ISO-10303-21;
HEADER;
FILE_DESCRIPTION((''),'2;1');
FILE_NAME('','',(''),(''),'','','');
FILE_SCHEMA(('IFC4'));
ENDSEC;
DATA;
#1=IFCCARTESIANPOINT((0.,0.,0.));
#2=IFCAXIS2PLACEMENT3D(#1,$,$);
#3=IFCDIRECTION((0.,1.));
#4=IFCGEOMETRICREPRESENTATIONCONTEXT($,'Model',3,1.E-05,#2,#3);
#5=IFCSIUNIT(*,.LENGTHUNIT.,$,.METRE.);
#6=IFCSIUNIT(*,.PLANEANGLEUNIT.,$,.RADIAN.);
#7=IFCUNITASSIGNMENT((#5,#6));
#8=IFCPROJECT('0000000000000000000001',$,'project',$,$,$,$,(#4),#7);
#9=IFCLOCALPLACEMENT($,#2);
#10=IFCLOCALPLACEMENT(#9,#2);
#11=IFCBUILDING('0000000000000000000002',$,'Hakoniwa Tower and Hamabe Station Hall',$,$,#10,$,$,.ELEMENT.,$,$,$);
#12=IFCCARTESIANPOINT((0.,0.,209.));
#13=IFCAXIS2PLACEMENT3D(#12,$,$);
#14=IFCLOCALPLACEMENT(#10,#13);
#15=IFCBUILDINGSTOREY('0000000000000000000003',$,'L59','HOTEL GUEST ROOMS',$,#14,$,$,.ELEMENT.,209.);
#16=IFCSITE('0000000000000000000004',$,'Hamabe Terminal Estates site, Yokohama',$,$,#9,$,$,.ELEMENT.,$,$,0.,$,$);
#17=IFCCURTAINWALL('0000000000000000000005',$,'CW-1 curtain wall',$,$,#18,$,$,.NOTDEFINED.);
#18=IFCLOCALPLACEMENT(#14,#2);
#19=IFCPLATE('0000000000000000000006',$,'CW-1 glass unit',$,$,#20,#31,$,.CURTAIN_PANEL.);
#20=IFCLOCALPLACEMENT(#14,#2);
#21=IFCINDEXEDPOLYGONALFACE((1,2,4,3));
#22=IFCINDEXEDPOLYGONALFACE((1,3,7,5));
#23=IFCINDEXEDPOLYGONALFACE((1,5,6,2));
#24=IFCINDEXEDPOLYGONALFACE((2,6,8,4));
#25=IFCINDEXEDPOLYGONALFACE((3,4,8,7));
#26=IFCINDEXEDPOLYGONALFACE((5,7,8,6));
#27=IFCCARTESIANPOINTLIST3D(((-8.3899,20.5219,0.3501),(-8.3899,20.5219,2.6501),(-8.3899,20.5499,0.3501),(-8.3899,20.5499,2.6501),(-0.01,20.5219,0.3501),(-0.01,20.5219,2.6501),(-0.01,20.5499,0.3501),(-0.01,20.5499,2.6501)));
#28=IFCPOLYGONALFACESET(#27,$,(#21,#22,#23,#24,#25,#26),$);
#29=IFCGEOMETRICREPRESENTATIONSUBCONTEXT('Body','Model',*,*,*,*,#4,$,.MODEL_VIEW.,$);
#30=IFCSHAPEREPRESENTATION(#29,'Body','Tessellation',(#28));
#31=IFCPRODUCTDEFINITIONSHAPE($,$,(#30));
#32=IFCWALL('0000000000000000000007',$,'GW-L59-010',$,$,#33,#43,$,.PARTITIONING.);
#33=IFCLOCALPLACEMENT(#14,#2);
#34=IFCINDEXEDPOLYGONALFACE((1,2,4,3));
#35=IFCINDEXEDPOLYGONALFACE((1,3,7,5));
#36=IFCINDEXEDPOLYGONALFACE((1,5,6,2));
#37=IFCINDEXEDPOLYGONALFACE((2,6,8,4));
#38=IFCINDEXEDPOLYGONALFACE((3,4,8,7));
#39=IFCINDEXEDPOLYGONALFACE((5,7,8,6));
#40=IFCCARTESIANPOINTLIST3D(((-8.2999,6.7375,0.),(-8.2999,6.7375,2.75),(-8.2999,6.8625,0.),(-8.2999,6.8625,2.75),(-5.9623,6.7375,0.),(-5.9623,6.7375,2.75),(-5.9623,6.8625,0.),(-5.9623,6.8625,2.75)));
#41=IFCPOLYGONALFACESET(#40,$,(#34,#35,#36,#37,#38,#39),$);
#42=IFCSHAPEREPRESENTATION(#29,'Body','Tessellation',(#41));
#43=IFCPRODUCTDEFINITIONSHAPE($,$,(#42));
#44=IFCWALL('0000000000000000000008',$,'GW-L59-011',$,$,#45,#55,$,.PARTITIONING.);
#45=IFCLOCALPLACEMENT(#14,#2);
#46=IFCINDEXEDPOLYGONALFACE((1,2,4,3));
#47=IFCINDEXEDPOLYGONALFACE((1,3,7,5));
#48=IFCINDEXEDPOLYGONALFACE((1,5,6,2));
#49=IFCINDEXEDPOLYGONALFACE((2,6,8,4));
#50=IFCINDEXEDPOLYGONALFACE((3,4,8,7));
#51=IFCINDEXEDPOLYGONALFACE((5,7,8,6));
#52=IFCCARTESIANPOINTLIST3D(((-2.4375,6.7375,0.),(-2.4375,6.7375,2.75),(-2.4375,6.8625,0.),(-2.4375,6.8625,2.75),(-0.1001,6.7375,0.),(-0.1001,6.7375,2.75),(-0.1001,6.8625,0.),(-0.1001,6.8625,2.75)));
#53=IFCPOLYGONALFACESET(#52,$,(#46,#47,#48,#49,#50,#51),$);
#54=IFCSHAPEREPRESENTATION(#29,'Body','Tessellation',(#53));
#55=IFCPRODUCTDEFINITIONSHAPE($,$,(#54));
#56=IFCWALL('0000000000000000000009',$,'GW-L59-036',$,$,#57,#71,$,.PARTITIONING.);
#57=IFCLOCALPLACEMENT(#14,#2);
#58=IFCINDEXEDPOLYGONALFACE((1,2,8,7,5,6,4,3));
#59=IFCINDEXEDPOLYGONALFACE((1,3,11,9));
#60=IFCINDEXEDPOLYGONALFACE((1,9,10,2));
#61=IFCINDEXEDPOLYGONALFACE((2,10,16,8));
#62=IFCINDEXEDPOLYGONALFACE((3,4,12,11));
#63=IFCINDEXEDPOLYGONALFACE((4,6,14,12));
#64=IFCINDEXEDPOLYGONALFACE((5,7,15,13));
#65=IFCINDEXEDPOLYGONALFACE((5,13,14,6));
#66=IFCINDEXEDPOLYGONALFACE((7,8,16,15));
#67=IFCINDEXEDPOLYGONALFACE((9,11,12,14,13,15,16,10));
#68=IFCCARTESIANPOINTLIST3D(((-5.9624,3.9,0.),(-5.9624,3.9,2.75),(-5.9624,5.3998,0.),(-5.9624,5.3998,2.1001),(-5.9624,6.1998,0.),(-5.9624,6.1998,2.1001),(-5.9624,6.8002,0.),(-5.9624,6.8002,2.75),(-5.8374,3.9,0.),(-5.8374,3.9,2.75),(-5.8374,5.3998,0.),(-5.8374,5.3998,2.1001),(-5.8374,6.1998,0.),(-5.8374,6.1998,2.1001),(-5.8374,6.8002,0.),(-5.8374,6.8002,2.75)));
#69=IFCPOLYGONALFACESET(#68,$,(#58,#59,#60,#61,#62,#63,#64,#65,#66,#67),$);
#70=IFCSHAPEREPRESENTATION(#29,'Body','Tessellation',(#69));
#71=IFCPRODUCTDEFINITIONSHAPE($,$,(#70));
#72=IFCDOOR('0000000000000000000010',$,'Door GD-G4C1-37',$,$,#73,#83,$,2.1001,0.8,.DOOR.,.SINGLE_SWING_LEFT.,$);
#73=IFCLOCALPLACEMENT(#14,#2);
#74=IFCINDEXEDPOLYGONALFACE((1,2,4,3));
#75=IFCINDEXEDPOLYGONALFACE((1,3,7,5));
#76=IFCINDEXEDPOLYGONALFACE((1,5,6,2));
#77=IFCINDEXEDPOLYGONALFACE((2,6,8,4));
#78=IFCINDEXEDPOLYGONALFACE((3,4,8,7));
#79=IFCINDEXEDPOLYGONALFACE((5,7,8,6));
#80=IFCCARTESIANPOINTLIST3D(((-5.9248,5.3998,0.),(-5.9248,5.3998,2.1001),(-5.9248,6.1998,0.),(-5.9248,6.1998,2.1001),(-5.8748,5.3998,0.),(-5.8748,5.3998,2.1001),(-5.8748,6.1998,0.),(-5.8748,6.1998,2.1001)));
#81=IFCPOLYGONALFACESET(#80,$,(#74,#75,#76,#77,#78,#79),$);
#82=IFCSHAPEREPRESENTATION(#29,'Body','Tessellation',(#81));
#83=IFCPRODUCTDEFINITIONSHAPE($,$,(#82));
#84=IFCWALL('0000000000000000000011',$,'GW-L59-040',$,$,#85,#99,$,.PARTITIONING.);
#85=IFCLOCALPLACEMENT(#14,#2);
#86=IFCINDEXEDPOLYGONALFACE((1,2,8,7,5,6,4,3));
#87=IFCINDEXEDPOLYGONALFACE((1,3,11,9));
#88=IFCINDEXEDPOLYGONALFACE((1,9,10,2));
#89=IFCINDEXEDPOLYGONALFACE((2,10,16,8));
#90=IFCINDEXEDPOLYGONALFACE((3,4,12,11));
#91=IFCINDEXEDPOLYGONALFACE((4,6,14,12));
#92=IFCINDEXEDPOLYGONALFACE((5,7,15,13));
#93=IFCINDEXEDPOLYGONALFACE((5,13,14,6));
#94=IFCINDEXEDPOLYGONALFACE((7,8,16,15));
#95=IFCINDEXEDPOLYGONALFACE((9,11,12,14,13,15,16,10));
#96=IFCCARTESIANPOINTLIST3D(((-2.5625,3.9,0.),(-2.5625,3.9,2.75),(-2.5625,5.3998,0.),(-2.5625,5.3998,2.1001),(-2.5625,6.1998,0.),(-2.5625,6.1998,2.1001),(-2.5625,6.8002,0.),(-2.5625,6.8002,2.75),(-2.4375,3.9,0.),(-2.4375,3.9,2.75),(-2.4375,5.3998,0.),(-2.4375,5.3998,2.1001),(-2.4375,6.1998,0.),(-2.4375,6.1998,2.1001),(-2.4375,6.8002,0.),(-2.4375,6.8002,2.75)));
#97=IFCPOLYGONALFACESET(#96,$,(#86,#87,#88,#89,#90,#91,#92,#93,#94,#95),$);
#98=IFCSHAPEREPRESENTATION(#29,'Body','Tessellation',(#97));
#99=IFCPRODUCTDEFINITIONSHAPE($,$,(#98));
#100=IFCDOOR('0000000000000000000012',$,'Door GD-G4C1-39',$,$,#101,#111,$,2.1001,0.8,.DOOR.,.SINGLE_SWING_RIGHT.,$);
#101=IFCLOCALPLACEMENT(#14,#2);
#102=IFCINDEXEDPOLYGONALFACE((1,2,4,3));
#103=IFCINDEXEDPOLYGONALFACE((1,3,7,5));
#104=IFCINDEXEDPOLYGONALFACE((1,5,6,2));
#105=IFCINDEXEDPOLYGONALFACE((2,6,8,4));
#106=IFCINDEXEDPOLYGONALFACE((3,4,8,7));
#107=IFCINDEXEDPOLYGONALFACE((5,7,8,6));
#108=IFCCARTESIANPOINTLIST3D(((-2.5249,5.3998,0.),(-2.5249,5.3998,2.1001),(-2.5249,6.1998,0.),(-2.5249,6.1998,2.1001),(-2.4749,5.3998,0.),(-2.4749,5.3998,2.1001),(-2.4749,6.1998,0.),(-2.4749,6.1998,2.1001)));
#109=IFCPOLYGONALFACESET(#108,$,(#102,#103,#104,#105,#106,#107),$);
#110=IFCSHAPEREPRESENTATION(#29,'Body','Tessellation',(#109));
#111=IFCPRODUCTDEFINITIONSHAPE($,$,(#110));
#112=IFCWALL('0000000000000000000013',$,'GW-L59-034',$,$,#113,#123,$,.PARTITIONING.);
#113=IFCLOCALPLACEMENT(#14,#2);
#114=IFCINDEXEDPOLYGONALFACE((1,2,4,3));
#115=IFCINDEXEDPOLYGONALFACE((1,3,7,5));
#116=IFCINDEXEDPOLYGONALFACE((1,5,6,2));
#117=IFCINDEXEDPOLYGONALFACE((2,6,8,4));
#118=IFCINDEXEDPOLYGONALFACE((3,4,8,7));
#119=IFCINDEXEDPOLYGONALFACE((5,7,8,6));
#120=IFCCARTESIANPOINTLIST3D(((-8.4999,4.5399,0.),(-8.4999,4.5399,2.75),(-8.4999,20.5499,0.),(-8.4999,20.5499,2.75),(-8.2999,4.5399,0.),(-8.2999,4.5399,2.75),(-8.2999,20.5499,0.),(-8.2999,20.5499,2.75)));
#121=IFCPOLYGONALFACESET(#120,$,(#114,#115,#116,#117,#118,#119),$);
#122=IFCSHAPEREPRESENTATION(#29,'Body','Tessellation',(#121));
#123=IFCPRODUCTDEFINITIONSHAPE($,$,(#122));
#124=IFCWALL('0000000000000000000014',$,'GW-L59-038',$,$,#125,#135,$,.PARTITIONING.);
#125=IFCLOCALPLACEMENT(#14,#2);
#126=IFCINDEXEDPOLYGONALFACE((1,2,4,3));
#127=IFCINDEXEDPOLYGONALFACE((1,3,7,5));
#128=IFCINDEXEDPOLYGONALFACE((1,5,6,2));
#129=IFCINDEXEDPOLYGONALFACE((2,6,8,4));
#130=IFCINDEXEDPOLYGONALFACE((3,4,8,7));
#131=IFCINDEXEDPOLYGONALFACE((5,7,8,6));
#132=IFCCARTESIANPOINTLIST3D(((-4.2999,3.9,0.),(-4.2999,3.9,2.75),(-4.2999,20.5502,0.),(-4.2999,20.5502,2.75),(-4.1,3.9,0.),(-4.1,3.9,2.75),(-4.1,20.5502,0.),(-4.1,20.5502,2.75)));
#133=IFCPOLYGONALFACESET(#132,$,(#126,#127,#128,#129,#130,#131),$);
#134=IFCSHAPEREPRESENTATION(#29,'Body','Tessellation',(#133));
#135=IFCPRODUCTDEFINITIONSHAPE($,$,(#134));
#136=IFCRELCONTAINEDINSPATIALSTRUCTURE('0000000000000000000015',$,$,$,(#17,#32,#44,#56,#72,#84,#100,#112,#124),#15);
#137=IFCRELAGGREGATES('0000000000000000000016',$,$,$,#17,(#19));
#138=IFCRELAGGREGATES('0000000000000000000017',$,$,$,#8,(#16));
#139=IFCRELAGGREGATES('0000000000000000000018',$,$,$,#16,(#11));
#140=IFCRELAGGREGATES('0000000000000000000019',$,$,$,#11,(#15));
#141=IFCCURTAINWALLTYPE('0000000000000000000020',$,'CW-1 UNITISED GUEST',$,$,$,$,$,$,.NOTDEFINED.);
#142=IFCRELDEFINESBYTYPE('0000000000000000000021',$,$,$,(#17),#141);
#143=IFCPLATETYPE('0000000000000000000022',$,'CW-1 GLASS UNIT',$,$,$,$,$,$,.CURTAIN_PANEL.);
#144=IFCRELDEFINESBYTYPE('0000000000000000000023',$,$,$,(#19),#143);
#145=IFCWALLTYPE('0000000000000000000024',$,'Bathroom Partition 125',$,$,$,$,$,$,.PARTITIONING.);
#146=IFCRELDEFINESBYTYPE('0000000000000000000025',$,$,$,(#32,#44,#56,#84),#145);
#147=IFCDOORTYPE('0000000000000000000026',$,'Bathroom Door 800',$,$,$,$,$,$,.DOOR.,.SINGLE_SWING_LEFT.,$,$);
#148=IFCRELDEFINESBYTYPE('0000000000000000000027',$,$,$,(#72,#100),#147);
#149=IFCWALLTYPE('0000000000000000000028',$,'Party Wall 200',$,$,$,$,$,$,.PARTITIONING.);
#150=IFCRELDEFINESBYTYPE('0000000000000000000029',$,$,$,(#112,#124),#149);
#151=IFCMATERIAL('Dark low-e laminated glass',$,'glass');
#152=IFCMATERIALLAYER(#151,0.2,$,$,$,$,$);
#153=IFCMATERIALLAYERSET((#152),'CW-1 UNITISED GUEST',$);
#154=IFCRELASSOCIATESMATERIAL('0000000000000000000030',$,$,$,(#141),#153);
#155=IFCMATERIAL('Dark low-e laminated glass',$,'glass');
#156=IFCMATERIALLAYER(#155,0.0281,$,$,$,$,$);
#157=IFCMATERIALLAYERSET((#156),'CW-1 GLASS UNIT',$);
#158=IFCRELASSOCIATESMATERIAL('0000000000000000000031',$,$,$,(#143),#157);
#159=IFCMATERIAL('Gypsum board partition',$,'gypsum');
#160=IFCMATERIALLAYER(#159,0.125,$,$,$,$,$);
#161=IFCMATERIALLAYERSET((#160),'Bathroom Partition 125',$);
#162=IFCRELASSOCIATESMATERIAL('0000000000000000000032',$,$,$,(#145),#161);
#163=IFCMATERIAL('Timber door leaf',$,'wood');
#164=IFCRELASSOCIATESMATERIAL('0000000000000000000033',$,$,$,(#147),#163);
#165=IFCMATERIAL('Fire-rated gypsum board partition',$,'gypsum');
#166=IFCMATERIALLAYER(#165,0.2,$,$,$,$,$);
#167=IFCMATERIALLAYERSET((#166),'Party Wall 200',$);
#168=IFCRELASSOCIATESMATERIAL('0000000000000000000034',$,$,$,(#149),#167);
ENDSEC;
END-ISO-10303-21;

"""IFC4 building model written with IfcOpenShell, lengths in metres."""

from ifc_helpers import new_model, si_unit, direction, frame, frame_2d, origin, origin_2d, place, context, subcontext, project, spatial, rectangle, extrude, material, layer, layer_set, type_object, element, fill, aggregate, save


model = new_model("IFC4")

# Units and contexts
model_context = context("Model", 3, precision=1e-05, world=origin(), true_north=direction((0.0, 1.0)))
body_context = subcontext(model_context, "Body", "Model", "MODEL_VIEW")
ifc_project = project(units=[si_unit("LENGTHUNIT", "METRE"), si_unit("PLANEANGLEUNIT", "RADIAN")], contexts=[model_context])

# Site, building, storey
site_placement = place(None, origin())
site = spatial("IfcSite", under=ifc_project, at=site_placement, Name="Hamabe Terminal Estates site, Yokohama", CompositionType="ELEMENT", RefElevation=0.0)
building_placement = place(site_placement, origin())
building = spatial("IfcBuilding", under=site, at=building_placement, Name="Hakoniwa Tower and Hamabe Station Hall", CompositionType="ELEMENT")
storey_placement = place(building_placement, frame((0.0, 0.0, 209.0)))
storey = spatial("IfcBuildingStorey", under=building, at=storey_placement, Name="L59", Description="HOTEL GUEST ROOMS", CompositionType="ELEMENT", Elevation=209.0)

# Curtain wall, plate
ifc_material_1 = material(Name="Dark low-e laminated glass", Category="glass")
ifc_layer_1 = layer(ifc_material_1, 0.2)
ifc_layer_set_1 = layer_set([ifc_layer_1], Name="CW-1 UNITISED GUEST")
curtain_wall_type = type_object("IfcCurtainWallType", Name="CW-1 UNITISED GUEST", PredefinedType="NOTDEFINED", material=ifc_layer_set_1)
curtain_wall_placement = place(storey_placement, origin())
curtain_wall = element("IfcCurtainWall", 1, at=curtain_wall_placement, inside=storey, type_object=curtain_wall_type, Name="CW-1 curtain wall", PredefinedType="NOTDEFINED")
ifc_material_2 = material(Name="Dark low-e laminated glass", Category="glass")
ifc_layer_2 = layer(ifc_material_2, 0.0281)
ifc_layer_set_2 = layer_set([ifc_layer_2], Name="CW-1 GLASS UNIT")
plate_type = type_object("IfcPlateType", Name="CW-1 GLASS UNIT", PredefinedType="CURTAIN_PANEL", material=ifc_layer_set_2)
plate_placement = place(storey_placement, frame((-4.2, 20.5359, 0.3501), z_axis=(0.0, 0.0, 1.0), x_axis=(-1.0, 0.0, 0.0)))
plate = element("IfcPlate", 2, at=plate_placement, type_object=plate_type, Name="CW-1 glass unit", PredefinedType="CURTAIN_PANEL", context=body_context, shape_type="SweptSolid", body=[
    extrude(rectangle(XDim=8.3799, YDim=0.0281, at=origin_2d()), origin(), (0.0, 0.0, 1.0), 2.3),
])
aggregate(curtain_wall, [plate])

# Walls
ifc_material_3 = material(Name="Gypsum board partition", Category="gypsum")
ifc_layer_3 = layer(ifc_material_3, 0.125)
ifc_layer_set_3 = layer_set([ifc_layer_3], Name="Bathroom Partition 125")
wall_type_1 = type_object("IfcWallType", Name="Bathroom Partition 125", PredefinedType="PARTITIONING", material=ifc_layer_set_3)
wall_1_placement = place(storey_placement, frame((-8.3, 6.8, 0.0), z_axis=(0.0, 0.0, 1.0), x_axis=(1.0, 0.0, 0.0)))
element("IfcWall", 3, at=wall_1_placement, inside=storey, type_object=wall_type_1, Name="GW-L59-010", PredefinedType="PARTITIONING", context=body_context, shape_type="SweptSolid", body=[
    extrude(rectangle(XDim=2.3376, YDim=0.125, at=frame_2d((1.1689, 0.0))), origin(), (0.0, 0.0, 1.0), 2.75),
])
wall_2_placement = place(storey_placement, frame((-2.4375, 6.8, 0.0), z_axis=(0.0, 0.0, 1.0), x_axis=(1.0, 0.0, 0.0)))
element("IfcWall", 4, at=wall_2_placement, inside=storey, type_object=wall_type_1, Name="GW-L59-011", PredefinedType="PARTITIONING", context=body_context, shape_type="SweptSolid", body=[
    extrude(rectangle(XDim=2.3374, YDim=0.125, at=frame_2d((1.1687, 0.0))), origin(), (0.0, 0.0, 1.0), 2.75),
])

# Walls, openings, doors
wall_3_placement = place(storey_placement, frame((-5.8999, 3.8999, 0.0), z_axis=(0.0, 0.0, 1.0), x_axis=(0.0, 1.0, 0.0)))
wall_3 = element("IfcWall", 5, at=wall_3_placement, inside=storey, type_object=wall_type_1, Name="GW-L59-036", PredefinedType="PARTITIONING", context=body_context, shape_type="SweptSolid", body=[
    extrude(rectangle(XDim=2.9001, YDim=0.125, at=frame_2d((1.4502, 0.0))), origin(), (0.0, 0.0, 1.0), 2.75),
])
opening_1_placement = place(wall_3_placement, frame((1.5, 0.0, 0.0)))
opening_1 = element("IfcOpeningElement", 6, at=opening_1_placement, cuts=wall_3, PredefinedType="OPENING", context=body_context, shape_type="SweptSolid", body=[
    extrude(rectangle(XDim=0.8, YDim=2.1001, at=frame_2d((0.3999, 1.05))), frame((0.0, 0.0725, 0.0), z_axis=(0.0, -1.0, 0.0), x_axis=(1.0, 0.0, 0.0)), (0.0, 0.0, 1.0), 0.145),
])
ifc_material_4 = material(Name="Timber door leaf", Category="wood")
door_type = type_object("IfcDoorType", Name="Bathroom Door 800", OperationType="SINGLE_SWING_LEFT", PredefinedType="DOOR", material=ifc_material_4)
door_1_placement = place(opening_1_placement, origin())
door_1 = element("IfcDoor", 7, at=door_1_placement, inside=storey, type_object=door_type, Name="Door GD-G4C1-37", OperationType="SINGLE_SWING_LEFT", OverallHeight=2.1001, OverallWidth=0.8, PredefinedType="DOOR", context=body_context, shape_type="SweptSolid", body=[
    extrude(rectangle(XDim=0.8, YDim=2.1001, at=frame_2d((0.3999, 1.05))), frame((0.0, 0.0249, 0.0), z_axis=(0.0, -1.0, 0.0), x_axis=(1.0, 0.0, 0.0)), (0.0, 0.0, 1.0), 0.05),
])
fill(opening_1, door_1)
wall_4_placement = place(storey_placement, frame((-2.5, 3.8999, 0.0), z_axis=(0.0, 0.0, 1.0), x_axis=(0.0, 1.0, 0.0)))
wall_4 = element("IfcWall", 8, at=wall_4_placement, inside=storey, type_object=wall_type_1, Name="GW-L59-040", PredefinedType="PARTITIONING", context=body_context, shape_type="SweptSolid", body=[
    extrude(rectangle(XDim=2.9001, YDim=0.125, at=frame_2d((1.4502, 0.0))), origin(), (0.0, 0.0, 1.0), 2.75),
])
opening_2_placement = place(wall_4_placement, frame((1.5, 0.0, 0.0)))
opening_2 = element("IfcOpeningElement", 9, at=opening_2_placement, cuts=wall_4, PredefinedType="OPENING", context=body_context, shape_type="SweptSolid", body=[
    extrude(rectangle(XDim=0.8, YDim=2.1001, at=frame_2d((0.3999, 1.05))), frame((0.0, 0.0725, 0.0), z_axis=(0.0, -1.0, 0.0), x_axis=(1.0, 0.0, 0.0)), (0.0, 0.0, 1.0), 0.145),
])
door_2_placement = place(opening_2_placement, origin())
door_2 = element("IfcDoor", 10, at=door_2_placement, inside=storey, type_object=door_type, Name="Door GD-G4C1-39", OperationType="SINGLE_SWING_RIGHT", OverallHeight=2.1001, OverallWidth=0.8, PredefinedType="DOOR", context=body_context, shape_type="SweptSolid", body=[
    extrude(rectangle(XDim=0.8, YDim=2.1001, at=frame_2d((0.3999, 1.05))), frame((0.0, 0.0249, 0.0), z_axis=(0.0, -1.0, 0.0), x_axis=(1.0, 0.0, 0.0)), (0.0, 0.0, 1.0), 0.05),
])
fill(opening_2, door_2)

# Walls
ifc_material_5 = material(Name="Fire-rated gypsum board partition", Category="gypsum")
ifc_layer_4 = layer(ifc_material_5, 0.2)
ifc_layer_set_4 = layer_set([ifc_layer_4], Name="Party Wall 200")
wall_type_2 = type_object("IfcWallType", Name="Party Wall 200", PredefinedType="PARTITIONING", material=ifc_layer_set_4)
wall_5_placement = place(storey_placement, frame((-8.3999, 4.54, 0.0), z_axis=(0.0, 0.0, 1.0), x_axis=(0.0, 1.0, 0.0)))
element("IfcWall", 11, at=wall_5_placement, inside=storey, type_object=wall_type_2, Name="GW-L59-034", PredefinedType="PARTITIONING", context=body_context, shape_type="SweptSolid", body=[
    extrude(rectangle(XDim=16.01, YDim=0.2, at=frame_2d((8.0049, 0.0))), origin(), (0.0, 0.0, 1.0), 2.75),
])
wall_6_placement = place(storey_placement, frame((-4.2, 3.8999, 0.0), z_axis=(0.0, 0.0, 1.0), x_axis=(0.0, 1.0, 0.0)))
element("IfcWall", 12, at=wall_6_placement, inside=storey, type_object=wall_type_2, Name="GW-L59-038", PredefinedType="PARTITIONING", context=body_context, shape_type="SweptSolid", body=[
    extrude(rectangle(XDim=16.6501, YDim=0.2, at=frame_2d((8.3252, 0.0))), origin(), (0.0, 0.0, 1.0), 2.75),
])

save(model, "model.ifc")
